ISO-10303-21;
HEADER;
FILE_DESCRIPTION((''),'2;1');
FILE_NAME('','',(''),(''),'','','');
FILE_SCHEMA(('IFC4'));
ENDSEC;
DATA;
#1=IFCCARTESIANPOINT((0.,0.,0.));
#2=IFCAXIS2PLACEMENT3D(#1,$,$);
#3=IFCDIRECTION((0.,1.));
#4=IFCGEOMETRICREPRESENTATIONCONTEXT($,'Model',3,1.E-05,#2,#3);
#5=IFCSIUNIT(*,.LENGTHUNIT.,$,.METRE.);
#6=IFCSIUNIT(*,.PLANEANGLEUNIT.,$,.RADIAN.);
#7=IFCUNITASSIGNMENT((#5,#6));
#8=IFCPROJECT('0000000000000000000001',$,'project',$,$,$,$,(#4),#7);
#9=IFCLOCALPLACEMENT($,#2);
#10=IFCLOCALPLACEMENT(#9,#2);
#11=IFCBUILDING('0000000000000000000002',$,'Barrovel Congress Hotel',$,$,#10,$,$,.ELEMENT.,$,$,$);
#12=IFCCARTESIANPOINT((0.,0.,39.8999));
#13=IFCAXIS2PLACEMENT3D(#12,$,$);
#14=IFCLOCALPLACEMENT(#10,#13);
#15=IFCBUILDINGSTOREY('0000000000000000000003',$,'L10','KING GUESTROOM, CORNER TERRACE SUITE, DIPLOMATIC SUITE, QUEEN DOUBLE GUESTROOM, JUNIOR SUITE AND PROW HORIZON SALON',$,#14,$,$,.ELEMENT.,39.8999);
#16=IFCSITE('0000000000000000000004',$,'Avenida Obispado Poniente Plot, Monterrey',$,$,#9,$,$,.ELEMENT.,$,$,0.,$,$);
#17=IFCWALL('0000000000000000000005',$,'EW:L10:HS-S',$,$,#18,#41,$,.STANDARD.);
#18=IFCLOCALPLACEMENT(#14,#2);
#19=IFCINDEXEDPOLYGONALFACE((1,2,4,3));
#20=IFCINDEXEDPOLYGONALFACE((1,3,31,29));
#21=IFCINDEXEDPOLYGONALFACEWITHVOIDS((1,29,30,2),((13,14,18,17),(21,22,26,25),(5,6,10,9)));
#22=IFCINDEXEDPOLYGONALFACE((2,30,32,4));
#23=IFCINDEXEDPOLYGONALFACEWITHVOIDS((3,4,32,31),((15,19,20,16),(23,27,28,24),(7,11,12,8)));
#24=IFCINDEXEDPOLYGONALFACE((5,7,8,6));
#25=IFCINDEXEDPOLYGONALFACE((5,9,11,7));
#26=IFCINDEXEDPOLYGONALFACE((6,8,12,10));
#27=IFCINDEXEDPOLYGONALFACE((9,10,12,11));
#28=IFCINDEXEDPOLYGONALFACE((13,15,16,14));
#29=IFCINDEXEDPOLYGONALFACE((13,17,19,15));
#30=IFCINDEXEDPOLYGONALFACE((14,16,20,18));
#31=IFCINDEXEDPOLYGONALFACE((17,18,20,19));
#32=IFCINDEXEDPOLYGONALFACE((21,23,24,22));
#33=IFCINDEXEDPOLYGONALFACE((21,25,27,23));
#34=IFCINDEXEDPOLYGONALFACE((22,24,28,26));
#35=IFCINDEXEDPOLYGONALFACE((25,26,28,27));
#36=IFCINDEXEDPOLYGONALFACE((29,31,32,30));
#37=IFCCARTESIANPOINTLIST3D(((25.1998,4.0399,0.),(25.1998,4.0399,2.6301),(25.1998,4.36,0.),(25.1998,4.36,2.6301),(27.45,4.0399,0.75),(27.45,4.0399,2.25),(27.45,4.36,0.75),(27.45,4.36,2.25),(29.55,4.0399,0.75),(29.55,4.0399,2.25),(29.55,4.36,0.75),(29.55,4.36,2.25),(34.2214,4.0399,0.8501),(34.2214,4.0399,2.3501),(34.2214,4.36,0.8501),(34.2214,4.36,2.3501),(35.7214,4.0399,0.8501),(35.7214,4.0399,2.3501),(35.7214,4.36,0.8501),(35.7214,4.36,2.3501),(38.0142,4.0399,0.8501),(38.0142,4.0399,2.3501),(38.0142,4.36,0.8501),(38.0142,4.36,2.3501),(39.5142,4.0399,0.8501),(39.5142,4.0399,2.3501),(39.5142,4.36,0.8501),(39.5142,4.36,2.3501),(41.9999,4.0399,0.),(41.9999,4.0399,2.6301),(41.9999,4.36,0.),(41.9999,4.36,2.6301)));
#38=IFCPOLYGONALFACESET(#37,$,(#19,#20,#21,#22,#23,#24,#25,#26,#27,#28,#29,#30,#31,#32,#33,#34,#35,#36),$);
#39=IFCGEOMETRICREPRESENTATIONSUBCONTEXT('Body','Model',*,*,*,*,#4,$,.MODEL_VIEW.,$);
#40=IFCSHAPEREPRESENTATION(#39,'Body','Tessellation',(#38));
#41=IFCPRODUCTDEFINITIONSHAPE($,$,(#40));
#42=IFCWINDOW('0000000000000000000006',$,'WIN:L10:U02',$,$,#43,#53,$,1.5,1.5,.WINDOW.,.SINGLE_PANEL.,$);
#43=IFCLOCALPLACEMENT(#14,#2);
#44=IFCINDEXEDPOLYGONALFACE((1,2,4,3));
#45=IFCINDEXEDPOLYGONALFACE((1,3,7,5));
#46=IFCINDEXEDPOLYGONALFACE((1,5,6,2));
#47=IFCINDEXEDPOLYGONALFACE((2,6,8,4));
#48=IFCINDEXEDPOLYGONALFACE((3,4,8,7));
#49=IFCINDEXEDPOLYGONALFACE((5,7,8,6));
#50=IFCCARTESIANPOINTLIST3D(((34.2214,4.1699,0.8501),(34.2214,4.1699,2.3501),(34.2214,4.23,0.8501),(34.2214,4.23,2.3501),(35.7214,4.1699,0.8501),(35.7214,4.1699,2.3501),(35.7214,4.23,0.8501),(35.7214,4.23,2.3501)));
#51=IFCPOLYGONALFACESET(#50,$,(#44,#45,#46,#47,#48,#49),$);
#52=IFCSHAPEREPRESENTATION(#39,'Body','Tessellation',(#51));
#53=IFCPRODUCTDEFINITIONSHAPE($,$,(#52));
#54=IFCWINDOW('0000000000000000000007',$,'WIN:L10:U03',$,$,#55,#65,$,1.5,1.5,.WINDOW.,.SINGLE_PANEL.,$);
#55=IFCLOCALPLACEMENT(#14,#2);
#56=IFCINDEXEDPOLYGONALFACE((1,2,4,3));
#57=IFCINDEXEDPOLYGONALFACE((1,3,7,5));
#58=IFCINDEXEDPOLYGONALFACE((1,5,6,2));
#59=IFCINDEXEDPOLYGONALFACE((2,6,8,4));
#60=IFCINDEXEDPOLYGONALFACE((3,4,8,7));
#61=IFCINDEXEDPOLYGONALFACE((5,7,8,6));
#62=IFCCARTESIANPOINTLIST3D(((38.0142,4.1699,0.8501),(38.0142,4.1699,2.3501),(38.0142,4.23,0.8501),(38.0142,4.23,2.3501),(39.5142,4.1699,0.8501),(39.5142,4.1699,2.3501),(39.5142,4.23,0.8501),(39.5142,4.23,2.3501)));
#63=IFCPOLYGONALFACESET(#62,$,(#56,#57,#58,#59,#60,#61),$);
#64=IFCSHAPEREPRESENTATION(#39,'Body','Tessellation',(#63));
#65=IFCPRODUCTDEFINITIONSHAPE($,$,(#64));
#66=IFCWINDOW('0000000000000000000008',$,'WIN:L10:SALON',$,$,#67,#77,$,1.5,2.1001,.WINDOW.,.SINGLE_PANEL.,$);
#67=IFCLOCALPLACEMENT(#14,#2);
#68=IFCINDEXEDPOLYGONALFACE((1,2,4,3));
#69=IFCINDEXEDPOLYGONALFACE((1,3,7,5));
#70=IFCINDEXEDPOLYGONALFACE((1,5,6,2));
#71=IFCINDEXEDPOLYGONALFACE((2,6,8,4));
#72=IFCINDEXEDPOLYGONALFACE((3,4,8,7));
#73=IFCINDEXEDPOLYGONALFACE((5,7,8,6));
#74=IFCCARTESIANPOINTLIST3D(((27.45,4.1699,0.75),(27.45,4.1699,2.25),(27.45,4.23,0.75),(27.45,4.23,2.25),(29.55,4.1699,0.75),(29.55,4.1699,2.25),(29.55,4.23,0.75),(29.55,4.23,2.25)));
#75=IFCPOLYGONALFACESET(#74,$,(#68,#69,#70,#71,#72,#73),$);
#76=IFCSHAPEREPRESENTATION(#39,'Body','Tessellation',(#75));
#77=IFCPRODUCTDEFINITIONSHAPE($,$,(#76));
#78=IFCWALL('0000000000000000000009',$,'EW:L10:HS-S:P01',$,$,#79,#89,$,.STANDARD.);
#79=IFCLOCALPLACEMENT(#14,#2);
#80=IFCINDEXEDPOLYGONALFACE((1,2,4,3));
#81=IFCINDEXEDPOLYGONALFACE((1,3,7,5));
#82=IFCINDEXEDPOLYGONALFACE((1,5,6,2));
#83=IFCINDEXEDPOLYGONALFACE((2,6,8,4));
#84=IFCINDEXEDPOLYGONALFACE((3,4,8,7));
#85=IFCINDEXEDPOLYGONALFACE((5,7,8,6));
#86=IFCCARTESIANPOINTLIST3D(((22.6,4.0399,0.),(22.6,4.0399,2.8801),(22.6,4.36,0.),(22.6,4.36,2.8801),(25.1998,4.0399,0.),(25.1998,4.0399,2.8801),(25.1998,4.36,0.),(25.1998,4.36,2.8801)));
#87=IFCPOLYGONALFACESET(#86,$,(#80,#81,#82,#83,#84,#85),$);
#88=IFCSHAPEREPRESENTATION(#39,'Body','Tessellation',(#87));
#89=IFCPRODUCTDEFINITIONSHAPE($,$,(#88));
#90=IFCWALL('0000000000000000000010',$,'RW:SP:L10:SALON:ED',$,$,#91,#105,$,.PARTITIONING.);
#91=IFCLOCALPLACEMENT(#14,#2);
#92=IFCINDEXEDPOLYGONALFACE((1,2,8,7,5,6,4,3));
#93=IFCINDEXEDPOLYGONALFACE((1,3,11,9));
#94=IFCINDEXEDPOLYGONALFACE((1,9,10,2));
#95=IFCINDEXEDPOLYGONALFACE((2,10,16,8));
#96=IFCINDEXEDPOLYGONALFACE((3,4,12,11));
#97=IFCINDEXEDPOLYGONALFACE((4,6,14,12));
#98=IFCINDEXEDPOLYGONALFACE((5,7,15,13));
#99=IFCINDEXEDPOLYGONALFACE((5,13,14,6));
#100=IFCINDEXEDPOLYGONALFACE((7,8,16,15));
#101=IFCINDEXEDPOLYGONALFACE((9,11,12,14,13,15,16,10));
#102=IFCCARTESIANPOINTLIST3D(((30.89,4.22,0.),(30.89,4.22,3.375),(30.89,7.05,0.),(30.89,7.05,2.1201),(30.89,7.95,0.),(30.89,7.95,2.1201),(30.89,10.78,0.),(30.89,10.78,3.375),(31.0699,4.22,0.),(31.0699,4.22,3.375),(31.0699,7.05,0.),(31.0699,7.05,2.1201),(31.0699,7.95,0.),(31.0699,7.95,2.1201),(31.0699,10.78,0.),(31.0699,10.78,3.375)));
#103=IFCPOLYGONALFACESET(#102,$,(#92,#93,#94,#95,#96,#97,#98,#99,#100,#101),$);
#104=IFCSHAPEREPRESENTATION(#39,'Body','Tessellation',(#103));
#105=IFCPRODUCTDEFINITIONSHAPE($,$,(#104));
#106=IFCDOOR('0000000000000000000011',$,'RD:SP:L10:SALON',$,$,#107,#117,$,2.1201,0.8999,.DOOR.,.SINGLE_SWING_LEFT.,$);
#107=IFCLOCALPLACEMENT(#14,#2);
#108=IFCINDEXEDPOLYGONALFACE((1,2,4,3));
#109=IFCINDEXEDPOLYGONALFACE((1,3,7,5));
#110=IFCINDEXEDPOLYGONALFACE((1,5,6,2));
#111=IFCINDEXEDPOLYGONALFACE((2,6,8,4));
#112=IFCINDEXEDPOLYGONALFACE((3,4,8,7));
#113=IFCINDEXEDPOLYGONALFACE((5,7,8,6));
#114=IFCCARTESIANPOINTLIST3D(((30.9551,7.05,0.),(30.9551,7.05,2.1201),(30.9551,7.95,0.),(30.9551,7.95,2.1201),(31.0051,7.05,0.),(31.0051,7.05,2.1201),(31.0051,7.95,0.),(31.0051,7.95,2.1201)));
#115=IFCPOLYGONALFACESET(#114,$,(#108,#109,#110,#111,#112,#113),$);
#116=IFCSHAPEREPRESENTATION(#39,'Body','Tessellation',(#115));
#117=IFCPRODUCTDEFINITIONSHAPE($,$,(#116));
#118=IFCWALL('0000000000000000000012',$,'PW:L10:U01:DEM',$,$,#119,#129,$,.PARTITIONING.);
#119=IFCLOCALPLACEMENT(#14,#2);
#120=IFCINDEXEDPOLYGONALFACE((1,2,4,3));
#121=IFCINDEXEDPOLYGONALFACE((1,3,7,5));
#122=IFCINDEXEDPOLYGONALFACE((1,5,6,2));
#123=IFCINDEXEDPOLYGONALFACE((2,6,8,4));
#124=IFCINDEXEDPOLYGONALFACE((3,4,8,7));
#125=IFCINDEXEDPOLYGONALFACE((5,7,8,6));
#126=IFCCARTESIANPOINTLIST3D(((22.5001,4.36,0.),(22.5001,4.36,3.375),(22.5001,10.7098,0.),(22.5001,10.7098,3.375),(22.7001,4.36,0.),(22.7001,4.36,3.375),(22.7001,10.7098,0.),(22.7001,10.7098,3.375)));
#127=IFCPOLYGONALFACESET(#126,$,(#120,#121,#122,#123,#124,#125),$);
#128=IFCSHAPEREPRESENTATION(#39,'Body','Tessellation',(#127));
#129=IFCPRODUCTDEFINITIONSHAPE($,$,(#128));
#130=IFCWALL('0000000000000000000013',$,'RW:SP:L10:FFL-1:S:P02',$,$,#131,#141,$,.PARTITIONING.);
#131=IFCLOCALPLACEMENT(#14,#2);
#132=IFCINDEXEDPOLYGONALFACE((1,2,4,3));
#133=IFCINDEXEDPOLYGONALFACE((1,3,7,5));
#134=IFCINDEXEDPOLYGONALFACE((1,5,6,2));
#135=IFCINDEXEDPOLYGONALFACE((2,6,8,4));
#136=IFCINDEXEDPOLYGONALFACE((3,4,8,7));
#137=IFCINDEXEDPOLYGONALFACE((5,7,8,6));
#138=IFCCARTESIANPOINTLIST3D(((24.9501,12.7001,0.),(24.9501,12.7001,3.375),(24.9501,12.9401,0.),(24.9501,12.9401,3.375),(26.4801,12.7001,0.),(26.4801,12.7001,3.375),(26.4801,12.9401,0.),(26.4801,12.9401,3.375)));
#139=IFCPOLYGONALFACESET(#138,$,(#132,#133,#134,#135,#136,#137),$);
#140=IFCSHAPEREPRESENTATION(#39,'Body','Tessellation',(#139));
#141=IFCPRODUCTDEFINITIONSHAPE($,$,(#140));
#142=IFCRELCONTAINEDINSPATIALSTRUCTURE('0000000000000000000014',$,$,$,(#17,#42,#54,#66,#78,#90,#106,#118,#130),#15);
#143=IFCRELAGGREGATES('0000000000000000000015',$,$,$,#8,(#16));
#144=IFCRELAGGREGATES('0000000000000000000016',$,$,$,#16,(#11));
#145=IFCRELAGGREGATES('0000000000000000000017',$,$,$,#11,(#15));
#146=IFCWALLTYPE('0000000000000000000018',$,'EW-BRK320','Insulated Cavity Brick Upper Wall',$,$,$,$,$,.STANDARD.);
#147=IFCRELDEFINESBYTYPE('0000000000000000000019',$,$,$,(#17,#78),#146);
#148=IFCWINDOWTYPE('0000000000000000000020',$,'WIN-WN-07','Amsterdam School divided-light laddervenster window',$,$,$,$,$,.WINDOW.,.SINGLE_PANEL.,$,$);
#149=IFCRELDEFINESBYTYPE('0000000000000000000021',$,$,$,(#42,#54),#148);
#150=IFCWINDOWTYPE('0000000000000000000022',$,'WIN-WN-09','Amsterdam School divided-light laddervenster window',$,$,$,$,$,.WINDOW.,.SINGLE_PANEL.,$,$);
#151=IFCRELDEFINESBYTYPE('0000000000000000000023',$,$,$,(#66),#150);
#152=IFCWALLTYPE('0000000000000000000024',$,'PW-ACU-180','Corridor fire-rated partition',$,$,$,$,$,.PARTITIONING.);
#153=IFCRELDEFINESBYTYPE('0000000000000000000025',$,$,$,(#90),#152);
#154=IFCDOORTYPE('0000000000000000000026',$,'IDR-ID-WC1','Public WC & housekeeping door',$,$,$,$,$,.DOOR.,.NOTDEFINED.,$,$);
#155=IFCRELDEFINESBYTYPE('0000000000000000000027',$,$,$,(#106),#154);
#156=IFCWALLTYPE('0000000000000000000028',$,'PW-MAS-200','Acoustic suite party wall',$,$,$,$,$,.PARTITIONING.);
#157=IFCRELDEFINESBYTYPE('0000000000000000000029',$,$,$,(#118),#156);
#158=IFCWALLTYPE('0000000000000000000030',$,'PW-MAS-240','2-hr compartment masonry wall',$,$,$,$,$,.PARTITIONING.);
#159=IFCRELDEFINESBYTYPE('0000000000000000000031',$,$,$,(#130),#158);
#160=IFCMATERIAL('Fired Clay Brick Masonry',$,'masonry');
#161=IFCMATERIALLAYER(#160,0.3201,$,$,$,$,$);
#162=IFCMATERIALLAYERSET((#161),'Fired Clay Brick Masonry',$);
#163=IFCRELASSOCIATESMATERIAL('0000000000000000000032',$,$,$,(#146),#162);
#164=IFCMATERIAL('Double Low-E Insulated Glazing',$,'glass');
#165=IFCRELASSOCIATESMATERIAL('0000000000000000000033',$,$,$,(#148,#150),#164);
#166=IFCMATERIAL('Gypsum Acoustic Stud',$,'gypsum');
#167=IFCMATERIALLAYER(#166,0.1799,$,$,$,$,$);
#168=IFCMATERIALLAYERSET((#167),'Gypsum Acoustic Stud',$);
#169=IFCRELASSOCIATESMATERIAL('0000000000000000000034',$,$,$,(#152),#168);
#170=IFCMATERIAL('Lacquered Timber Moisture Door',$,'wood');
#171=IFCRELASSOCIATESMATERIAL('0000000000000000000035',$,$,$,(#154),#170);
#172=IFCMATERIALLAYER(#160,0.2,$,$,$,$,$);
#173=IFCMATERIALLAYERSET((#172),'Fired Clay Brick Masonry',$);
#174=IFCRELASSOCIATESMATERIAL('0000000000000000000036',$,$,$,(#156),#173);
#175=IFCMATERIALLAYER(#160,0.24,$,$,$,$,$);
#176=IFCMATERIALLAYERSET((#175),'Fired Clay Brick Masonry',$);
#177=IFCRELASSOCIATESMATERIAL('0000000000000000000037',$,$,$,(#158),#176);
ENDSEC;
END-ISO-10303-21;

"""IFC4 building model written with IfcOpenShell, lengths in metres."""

from ifc_helpers import new_model, si_unit, direction, frame, frame_2d, origin, place, context, subcontext, project, spatial, rectangle, extrude, material, layer, layer_set, type_object, element, fill, save


model = new_model("IFC4")

# Units and contexts
model_context = context("Model", 3, precision=1e-05, world=origin(), true_north=direction((0.0, 1.0)))
body_context = subcontext(model_context, "Body", "Model", "MODEL_VIEW")
ifc_project = project(units=[si_unit("LENGTHUNIT", "METRE"), si_unit("PLANEANGLEUNIT", "RADIAN")], contexts=[model_context])

# Site, building, storey
site_placement = place(None, origin())
site = spatial("IfcSite", under=ifc_project, at=site_placement, Name="Avenida Obispado Poniente Plot, Monterrey", CompositionType="ELEMENT", RefElevation=0.0)
building_placement = place(site_placement, origin())
building = spatial("IfcBuilding", under=site, at=building_placement, Name="Barrovel Congress Hotel", CompositionType="ELEMENT")
storey_placement = place(building_placement, frame((0.0, 0.0, 39.8999)))
storey = spatial("IfcBuildingStorey", under=building, at=storey_placement, Name="L10", Description="KING GUESTROOM, CORNER TERRACE SUITE, DIPLOMATIC SUITE, QUEEN DOUBLE GUESTROOM, JUNIOR SUITE AND PROW HORIZON SALON", CompositionType="ELEMENT", Elevation=39.8999)

# Wall, openings, windows
ifc_material_1 = material(Name="Fired Clay Brick Masonry", Category="masonry")
ifc_layer_1 = layer(ifc_material_1, 0.3201)
ifc_layer_set_1 = layer_set([ifc_layer_1], Name="Fired Clay Brick Masonry")
wall_type_1 = type_object("IfcWallType", Name="EW-BRK320", Description="Insulated Cavity Brick Upper Wall", PredefinedType="STANDARD", material=ifc_layer_set_1)
wall_1_placement = place(storey_placement, frame((25.2, 4.2, 0.0), z_axis=(0.0, 0.0, 1.0), x_axis=(1.0, 0.0, 0.0)))
wall_1 = element("IfcWall", 1, at=wall_1_placement, inside=storey, type_object=wall_type_1, Name="EW:L10:HS-S", PredefinedType="STANDARD", context=body_context, shape_type="SweptSolid", body=[
    extrude(rectangle(XDim=16.8, YDim=0.3201, at=frame_2d((8.3999, 0.0))), origin(), (0.0, 0.0, 1.0), 2.6301),
])
opening_1_placement = place(wall_1_placement, frame((9.0215, 0.0, 0.8501)))
opening_1 = element("IfcOpeningElement", 2, at=opening_1_placement, cuts=wall_1, PredefinedType="OPENING", context=body_context, shape_type="SweptSolid", body=[
    extrude(rectangle(XDim=1.5, YDim=1.5, at=frame_2d((0.75, 0.75))), frame((0.0, 0.1699, 0.0), z_axis=(0.0, -1.0, 0.0), x_axis=(1.0, 0.0, 0.0)), (0.0, 0.0, 1.0), 0.3401),
])
opening_2_placement = place(wall_1_placement, frame((12.8142, 0.0, 0.8501)))
opening_2 = element("IfcOpeningElement", 3, at=opening_2_placement, cuts=wall_1, PredefinedType="OPENING", context=body_context, shape_type="SweptSolid", body=[
    extrude(rectangle(XDim=1.5, YDim=1.5, at=frame_2d((0.75, 0.75))), frame((0.0, 0.1699, 0.0), z_axis=(0.0, -1.0, 0.0), x_axis=(1.0, 0.0, 0.0)), (0.0, 0.0, 1.0), 0.3401),
])
opening_3_placement = place(wall_1_placement, frame((2.25, 0.0, 0.75)))
opening_3 = element("IfcOpeningElement", 4, at=opening_3_placement, cuts=wall_1, PredefinedType="OPENING", context=body_context, shape_type="SweptSolid", body=[
    extrude(rectangle(XDim=2.1001, YDim=1.5, at=frame_2d((1.05, 0.75))), frame((0.0, 0.1699, 0.0), z_axis=(0.0, -1.0, 0.0), x_axis=(1.0, 0.0, 0.0)), (0.0, 0.0, 1.0), 0.3401),
])
ifc_material_2 = material(Name="Double Low-E Insulated Glazing", Category="glass")
window_type_1 = type_object("IfcWindowType", Name="WIN-WN-07", Description="Amsterdam School divided-light laddervenster window", PartitioningType="SINGLE_PANEL", PredefinedType="WINDOW", material=ifc_material_2)
window_1_placement = place(opening_1_placement, origin())
window_1 = element("IfcWindow", 5, at=window_1_placement, inside=storey, type_object=window_type_1, Name="WIN:L10:U02", OverallHeight=1.5, OverallWidth=1.5, PartitioningType="SINGLE_PANEL", PredefinedType="WINDOW", context=body_context, shape_type="SweptSolid", body=[
    extrude(rectangle(XDim=1.5, YDim=1.5, at=frame_2d((0.75, 0.75))), frame((0.0, 0.03, 0.0), z_axis=(0.0, -1.0, 0.0), x_axis=(1.0, 0.0, 0.0)), (0.0, 0.0, 1.0), 0.0601),
])
fill(opening_1, window_1)
window_2_placement = place(opening_2_placement, origin())
window_2 = element("IfcWindow", 6, at=window_2_placement, inside=storey, type_object=window_type_1, Name="WIN:L10:U03", OverallHeight=1.5, OverallWidth=1.5, PartitioningType="SINGLE_PANEL", PredefinedType="WINDOW", context=body_context, shape_type="SweptSolid", body=[
    extrude(rectangle(XDim=1.5, YDim=1.5, at=frame_2d((0.75, 0.75))), frame((0.0, 0.03, 0.0), z_axis=(0.0, -1.0, 0.0), x_axis=(1.0, 0.0, 0.0)), (0.0, 0.0, 1.0), 0.0601),
])
fill(opening_2, window_2)
window_type_2 = type_object("IfcWindowType", Name="WIN-WN-09", Description="Amsterdam School divided-light laddervenster window", PartitioningType="SINGLE_PANEL", PredefinedType="WINDOW", material=ifc_material_2)
window_3_placement = place(opening_3_placement, origin())
window_3 = element("IfcWindow", 7, at=window_3_placement, inside=storey, type_object=window_type_2, Name="WIN:L10:SALON", OverallHeight=1.5, OverallWidth=2.1001, PartitioningType="SINGLE_PANEL", PredefinedType="WINDOW", context=body_context, shape_type="SweptSolid", body=[
    extrude(rectangle(XDim=2.1001, YDim=1.5, at=frame_2d((1.05, 0.75))), frame((0.0, 0.03, 0.0), z_axis=(0.0, -1.0, 0.0), x_axis=(1.0, 0.0, 0.0)), (0.0, 0.0, 1.0), 0.0601),
])
fill(opening_3, window_3)

# Wall
wall_2_placement = place(storey_placement, frame((22.6001, 4.2, 0.0), z_axis=(0.0, 0.0, 1.0), x_axis=(1.0, 0.0, 0.0)))
element("IfcWall", 8, at=wall_2_placement, inside=storey, type_object=wall_type_1, Name="EW:L10:HS-S:P01", PredefinedType="STANDARD", context=body_context, shape_type="SweptSolid", body=[
    extrude(rectangle(XDim=2.5999, YDim=0.3201, at=frame_2d((1.2998, 0.0))), origin(), (0.0, 0.0, 1.0), 2.8801),
])

# Wall, opening, door
ifc_material_3 = material(Name="Gypsum Acoustic Stud", Category="gypsum")
ifc_layer_2 = layer(ifc_material_3, 0.1799)
ifc_layer_set_2 = layer_set([ifc_layer_2], Name="Gypsum Acoustic Stud")
wall_type_2 = type_object("IfcWallType", Name="PW-ACU-180", Description="Corridor fire-rated partition", PredefinedType="PARTITIONING", material=ifc_layer_set_2)
wall_3_placement = place(storey_placement, frame((30.98, 4.22, 0.0), z_axis=(0.0, 0.0, 1.0), x_axis=(0.0, 1.0, 0.0)))
wall_3 = element("IfcWall", 9, at=wall_3_placement, inside=storey, type_object=wall_type_2, Name="RW:SP:L10:SALON:ED", PredefinedType="PARTITIONING", context=body_context, shape_type="SweptSolid", body=[
    extrude(rectangle(XDim=6.5601, YDim=0.1799, at=frame_2d((3.28, 0.0))), origin(), (0.0, 0.0, 1.0), 3.375),
])
opening_4_placement = place(wall_3_placement, frame((2.8301, 0.0, 0.0)))
opening_4 = element("IfcOpeningElement", 10, at=opening_4_placement, cuts=wall_3, PredefinedType="OPENING", context=body_context, shape_type="SweptSolid", body=[
    extrude(rectangle(XDim=0.8999, YDim=2.1201, at=frame_2d((0.45, 1.0601))), frame((0.0, 0.1001, 0.0), z_axis=(0.0, -1.0, 0.0), x_axis=(1.0, 0.0, 0.0)), (0.0, 0.0, 1.0), 0.2),
])
ifc_material_4 = material(Name="Lacquered Timber Moisture Door", Category="wood")
door_type_1 = type_object("IfcDoorType", Name="IDR-ID-WC1", Description="Public WC & housekeeping door", OperationType="NOTDEFINED", PredefinedType="DOOR", material=ifc_material_4)
door_1_placement = place(opening_4_placement, origin())
door_1 = element("IfcDoor", 11, at=door_1_placement, inside=storey, type_object=door_type_1, Name="RD:SP:L10:SALON", OperationType="SINGLE_SWING_LEFT", OverallHeight=2.1201, OverallWidth=0.8999, PredefinedType="DOOR", context=body_context, shape_type="SweptSolid", body=[
    extrude(rectangle(XDim=0.8999, YDim=2.1201, at=frame_2d((0.45, 1.0601))), frame((0.0, 0.0249, 0.0), z_axis=(0.0, -1.0, 0.0), x_axis=(1.0, 0.0, 0.0)), (0.0, 0.0, 1.0), 0.05),
])
fill(opening_4, door_1)

# Walls
ifc_layer_3 = layer(ifc_material_1, 0.2)
ifc_layer_set_3 = layer_set([ifc_layer_3], Name="Fired Clay Brick Masonry")
wall_type_3 = type_object("IfcWallType", Name="PW-MAS-200", Description="Acoustic suite party wall", PredefinedType="PARTITIONING", material=ifc_layer_set_3)
wall_4_placement = place(storey_placement, frame((22.6001, 4.3601, 0.0), z_axis=(0.0, 0.0, 1.0), x_axis=(0.0, 1.0, 0.0)))
element("IfcWall", 12, at=wall_4_placement, inside=storey, type_object=wall_type_3, Name="PW:L10:U01:DEM", PredefinedType="PARTITIONING", context=body_context, shape_type="SweptSolid", body=[
    extrude(rectangle(XDim=6.3499, YDim=0.2, at=frame_2d((3.1748, 0.0))), origin(), (0.0, 0.0, 1.0), 3.375),
])
ifc_layer_4 = layer(ifc_material_1, 0.24)
ifc_layer_set_4 = layer_set([ifc_layer_4], Name="Fired Clay Brick Masonry")
wall_type_4 = type_object("IfcWallType", Name="PW-MAS-240", Description="2-hr compartment masonry wall", PredefinedType="PARTITIONING", material=ifc_layer_set_4)
wall_5_placement = place(storey_placement, frame((24.95, 12.8201, 0.0), z_axis=(0.0, 0.0, 1.0), x_axis=(1.0, 0.0, 0.0)))
element("IfcWall", 13, at=wall_5_placement, inside=storey, type_object=wall_type_4, Name="RW:SP:L10:FFL-1:S:P02", PredefinedType="PARTITIONING", context=body_context, shape_type="SweptSolid", body=[
    extrude(rectangle(XDim=1.53, YDim=0.24, at=frame_2d((0.7651, 0.0))), origin(), (0.0, 0.0, 1.0), 3.375),
])

save(model, "model.ifc")
